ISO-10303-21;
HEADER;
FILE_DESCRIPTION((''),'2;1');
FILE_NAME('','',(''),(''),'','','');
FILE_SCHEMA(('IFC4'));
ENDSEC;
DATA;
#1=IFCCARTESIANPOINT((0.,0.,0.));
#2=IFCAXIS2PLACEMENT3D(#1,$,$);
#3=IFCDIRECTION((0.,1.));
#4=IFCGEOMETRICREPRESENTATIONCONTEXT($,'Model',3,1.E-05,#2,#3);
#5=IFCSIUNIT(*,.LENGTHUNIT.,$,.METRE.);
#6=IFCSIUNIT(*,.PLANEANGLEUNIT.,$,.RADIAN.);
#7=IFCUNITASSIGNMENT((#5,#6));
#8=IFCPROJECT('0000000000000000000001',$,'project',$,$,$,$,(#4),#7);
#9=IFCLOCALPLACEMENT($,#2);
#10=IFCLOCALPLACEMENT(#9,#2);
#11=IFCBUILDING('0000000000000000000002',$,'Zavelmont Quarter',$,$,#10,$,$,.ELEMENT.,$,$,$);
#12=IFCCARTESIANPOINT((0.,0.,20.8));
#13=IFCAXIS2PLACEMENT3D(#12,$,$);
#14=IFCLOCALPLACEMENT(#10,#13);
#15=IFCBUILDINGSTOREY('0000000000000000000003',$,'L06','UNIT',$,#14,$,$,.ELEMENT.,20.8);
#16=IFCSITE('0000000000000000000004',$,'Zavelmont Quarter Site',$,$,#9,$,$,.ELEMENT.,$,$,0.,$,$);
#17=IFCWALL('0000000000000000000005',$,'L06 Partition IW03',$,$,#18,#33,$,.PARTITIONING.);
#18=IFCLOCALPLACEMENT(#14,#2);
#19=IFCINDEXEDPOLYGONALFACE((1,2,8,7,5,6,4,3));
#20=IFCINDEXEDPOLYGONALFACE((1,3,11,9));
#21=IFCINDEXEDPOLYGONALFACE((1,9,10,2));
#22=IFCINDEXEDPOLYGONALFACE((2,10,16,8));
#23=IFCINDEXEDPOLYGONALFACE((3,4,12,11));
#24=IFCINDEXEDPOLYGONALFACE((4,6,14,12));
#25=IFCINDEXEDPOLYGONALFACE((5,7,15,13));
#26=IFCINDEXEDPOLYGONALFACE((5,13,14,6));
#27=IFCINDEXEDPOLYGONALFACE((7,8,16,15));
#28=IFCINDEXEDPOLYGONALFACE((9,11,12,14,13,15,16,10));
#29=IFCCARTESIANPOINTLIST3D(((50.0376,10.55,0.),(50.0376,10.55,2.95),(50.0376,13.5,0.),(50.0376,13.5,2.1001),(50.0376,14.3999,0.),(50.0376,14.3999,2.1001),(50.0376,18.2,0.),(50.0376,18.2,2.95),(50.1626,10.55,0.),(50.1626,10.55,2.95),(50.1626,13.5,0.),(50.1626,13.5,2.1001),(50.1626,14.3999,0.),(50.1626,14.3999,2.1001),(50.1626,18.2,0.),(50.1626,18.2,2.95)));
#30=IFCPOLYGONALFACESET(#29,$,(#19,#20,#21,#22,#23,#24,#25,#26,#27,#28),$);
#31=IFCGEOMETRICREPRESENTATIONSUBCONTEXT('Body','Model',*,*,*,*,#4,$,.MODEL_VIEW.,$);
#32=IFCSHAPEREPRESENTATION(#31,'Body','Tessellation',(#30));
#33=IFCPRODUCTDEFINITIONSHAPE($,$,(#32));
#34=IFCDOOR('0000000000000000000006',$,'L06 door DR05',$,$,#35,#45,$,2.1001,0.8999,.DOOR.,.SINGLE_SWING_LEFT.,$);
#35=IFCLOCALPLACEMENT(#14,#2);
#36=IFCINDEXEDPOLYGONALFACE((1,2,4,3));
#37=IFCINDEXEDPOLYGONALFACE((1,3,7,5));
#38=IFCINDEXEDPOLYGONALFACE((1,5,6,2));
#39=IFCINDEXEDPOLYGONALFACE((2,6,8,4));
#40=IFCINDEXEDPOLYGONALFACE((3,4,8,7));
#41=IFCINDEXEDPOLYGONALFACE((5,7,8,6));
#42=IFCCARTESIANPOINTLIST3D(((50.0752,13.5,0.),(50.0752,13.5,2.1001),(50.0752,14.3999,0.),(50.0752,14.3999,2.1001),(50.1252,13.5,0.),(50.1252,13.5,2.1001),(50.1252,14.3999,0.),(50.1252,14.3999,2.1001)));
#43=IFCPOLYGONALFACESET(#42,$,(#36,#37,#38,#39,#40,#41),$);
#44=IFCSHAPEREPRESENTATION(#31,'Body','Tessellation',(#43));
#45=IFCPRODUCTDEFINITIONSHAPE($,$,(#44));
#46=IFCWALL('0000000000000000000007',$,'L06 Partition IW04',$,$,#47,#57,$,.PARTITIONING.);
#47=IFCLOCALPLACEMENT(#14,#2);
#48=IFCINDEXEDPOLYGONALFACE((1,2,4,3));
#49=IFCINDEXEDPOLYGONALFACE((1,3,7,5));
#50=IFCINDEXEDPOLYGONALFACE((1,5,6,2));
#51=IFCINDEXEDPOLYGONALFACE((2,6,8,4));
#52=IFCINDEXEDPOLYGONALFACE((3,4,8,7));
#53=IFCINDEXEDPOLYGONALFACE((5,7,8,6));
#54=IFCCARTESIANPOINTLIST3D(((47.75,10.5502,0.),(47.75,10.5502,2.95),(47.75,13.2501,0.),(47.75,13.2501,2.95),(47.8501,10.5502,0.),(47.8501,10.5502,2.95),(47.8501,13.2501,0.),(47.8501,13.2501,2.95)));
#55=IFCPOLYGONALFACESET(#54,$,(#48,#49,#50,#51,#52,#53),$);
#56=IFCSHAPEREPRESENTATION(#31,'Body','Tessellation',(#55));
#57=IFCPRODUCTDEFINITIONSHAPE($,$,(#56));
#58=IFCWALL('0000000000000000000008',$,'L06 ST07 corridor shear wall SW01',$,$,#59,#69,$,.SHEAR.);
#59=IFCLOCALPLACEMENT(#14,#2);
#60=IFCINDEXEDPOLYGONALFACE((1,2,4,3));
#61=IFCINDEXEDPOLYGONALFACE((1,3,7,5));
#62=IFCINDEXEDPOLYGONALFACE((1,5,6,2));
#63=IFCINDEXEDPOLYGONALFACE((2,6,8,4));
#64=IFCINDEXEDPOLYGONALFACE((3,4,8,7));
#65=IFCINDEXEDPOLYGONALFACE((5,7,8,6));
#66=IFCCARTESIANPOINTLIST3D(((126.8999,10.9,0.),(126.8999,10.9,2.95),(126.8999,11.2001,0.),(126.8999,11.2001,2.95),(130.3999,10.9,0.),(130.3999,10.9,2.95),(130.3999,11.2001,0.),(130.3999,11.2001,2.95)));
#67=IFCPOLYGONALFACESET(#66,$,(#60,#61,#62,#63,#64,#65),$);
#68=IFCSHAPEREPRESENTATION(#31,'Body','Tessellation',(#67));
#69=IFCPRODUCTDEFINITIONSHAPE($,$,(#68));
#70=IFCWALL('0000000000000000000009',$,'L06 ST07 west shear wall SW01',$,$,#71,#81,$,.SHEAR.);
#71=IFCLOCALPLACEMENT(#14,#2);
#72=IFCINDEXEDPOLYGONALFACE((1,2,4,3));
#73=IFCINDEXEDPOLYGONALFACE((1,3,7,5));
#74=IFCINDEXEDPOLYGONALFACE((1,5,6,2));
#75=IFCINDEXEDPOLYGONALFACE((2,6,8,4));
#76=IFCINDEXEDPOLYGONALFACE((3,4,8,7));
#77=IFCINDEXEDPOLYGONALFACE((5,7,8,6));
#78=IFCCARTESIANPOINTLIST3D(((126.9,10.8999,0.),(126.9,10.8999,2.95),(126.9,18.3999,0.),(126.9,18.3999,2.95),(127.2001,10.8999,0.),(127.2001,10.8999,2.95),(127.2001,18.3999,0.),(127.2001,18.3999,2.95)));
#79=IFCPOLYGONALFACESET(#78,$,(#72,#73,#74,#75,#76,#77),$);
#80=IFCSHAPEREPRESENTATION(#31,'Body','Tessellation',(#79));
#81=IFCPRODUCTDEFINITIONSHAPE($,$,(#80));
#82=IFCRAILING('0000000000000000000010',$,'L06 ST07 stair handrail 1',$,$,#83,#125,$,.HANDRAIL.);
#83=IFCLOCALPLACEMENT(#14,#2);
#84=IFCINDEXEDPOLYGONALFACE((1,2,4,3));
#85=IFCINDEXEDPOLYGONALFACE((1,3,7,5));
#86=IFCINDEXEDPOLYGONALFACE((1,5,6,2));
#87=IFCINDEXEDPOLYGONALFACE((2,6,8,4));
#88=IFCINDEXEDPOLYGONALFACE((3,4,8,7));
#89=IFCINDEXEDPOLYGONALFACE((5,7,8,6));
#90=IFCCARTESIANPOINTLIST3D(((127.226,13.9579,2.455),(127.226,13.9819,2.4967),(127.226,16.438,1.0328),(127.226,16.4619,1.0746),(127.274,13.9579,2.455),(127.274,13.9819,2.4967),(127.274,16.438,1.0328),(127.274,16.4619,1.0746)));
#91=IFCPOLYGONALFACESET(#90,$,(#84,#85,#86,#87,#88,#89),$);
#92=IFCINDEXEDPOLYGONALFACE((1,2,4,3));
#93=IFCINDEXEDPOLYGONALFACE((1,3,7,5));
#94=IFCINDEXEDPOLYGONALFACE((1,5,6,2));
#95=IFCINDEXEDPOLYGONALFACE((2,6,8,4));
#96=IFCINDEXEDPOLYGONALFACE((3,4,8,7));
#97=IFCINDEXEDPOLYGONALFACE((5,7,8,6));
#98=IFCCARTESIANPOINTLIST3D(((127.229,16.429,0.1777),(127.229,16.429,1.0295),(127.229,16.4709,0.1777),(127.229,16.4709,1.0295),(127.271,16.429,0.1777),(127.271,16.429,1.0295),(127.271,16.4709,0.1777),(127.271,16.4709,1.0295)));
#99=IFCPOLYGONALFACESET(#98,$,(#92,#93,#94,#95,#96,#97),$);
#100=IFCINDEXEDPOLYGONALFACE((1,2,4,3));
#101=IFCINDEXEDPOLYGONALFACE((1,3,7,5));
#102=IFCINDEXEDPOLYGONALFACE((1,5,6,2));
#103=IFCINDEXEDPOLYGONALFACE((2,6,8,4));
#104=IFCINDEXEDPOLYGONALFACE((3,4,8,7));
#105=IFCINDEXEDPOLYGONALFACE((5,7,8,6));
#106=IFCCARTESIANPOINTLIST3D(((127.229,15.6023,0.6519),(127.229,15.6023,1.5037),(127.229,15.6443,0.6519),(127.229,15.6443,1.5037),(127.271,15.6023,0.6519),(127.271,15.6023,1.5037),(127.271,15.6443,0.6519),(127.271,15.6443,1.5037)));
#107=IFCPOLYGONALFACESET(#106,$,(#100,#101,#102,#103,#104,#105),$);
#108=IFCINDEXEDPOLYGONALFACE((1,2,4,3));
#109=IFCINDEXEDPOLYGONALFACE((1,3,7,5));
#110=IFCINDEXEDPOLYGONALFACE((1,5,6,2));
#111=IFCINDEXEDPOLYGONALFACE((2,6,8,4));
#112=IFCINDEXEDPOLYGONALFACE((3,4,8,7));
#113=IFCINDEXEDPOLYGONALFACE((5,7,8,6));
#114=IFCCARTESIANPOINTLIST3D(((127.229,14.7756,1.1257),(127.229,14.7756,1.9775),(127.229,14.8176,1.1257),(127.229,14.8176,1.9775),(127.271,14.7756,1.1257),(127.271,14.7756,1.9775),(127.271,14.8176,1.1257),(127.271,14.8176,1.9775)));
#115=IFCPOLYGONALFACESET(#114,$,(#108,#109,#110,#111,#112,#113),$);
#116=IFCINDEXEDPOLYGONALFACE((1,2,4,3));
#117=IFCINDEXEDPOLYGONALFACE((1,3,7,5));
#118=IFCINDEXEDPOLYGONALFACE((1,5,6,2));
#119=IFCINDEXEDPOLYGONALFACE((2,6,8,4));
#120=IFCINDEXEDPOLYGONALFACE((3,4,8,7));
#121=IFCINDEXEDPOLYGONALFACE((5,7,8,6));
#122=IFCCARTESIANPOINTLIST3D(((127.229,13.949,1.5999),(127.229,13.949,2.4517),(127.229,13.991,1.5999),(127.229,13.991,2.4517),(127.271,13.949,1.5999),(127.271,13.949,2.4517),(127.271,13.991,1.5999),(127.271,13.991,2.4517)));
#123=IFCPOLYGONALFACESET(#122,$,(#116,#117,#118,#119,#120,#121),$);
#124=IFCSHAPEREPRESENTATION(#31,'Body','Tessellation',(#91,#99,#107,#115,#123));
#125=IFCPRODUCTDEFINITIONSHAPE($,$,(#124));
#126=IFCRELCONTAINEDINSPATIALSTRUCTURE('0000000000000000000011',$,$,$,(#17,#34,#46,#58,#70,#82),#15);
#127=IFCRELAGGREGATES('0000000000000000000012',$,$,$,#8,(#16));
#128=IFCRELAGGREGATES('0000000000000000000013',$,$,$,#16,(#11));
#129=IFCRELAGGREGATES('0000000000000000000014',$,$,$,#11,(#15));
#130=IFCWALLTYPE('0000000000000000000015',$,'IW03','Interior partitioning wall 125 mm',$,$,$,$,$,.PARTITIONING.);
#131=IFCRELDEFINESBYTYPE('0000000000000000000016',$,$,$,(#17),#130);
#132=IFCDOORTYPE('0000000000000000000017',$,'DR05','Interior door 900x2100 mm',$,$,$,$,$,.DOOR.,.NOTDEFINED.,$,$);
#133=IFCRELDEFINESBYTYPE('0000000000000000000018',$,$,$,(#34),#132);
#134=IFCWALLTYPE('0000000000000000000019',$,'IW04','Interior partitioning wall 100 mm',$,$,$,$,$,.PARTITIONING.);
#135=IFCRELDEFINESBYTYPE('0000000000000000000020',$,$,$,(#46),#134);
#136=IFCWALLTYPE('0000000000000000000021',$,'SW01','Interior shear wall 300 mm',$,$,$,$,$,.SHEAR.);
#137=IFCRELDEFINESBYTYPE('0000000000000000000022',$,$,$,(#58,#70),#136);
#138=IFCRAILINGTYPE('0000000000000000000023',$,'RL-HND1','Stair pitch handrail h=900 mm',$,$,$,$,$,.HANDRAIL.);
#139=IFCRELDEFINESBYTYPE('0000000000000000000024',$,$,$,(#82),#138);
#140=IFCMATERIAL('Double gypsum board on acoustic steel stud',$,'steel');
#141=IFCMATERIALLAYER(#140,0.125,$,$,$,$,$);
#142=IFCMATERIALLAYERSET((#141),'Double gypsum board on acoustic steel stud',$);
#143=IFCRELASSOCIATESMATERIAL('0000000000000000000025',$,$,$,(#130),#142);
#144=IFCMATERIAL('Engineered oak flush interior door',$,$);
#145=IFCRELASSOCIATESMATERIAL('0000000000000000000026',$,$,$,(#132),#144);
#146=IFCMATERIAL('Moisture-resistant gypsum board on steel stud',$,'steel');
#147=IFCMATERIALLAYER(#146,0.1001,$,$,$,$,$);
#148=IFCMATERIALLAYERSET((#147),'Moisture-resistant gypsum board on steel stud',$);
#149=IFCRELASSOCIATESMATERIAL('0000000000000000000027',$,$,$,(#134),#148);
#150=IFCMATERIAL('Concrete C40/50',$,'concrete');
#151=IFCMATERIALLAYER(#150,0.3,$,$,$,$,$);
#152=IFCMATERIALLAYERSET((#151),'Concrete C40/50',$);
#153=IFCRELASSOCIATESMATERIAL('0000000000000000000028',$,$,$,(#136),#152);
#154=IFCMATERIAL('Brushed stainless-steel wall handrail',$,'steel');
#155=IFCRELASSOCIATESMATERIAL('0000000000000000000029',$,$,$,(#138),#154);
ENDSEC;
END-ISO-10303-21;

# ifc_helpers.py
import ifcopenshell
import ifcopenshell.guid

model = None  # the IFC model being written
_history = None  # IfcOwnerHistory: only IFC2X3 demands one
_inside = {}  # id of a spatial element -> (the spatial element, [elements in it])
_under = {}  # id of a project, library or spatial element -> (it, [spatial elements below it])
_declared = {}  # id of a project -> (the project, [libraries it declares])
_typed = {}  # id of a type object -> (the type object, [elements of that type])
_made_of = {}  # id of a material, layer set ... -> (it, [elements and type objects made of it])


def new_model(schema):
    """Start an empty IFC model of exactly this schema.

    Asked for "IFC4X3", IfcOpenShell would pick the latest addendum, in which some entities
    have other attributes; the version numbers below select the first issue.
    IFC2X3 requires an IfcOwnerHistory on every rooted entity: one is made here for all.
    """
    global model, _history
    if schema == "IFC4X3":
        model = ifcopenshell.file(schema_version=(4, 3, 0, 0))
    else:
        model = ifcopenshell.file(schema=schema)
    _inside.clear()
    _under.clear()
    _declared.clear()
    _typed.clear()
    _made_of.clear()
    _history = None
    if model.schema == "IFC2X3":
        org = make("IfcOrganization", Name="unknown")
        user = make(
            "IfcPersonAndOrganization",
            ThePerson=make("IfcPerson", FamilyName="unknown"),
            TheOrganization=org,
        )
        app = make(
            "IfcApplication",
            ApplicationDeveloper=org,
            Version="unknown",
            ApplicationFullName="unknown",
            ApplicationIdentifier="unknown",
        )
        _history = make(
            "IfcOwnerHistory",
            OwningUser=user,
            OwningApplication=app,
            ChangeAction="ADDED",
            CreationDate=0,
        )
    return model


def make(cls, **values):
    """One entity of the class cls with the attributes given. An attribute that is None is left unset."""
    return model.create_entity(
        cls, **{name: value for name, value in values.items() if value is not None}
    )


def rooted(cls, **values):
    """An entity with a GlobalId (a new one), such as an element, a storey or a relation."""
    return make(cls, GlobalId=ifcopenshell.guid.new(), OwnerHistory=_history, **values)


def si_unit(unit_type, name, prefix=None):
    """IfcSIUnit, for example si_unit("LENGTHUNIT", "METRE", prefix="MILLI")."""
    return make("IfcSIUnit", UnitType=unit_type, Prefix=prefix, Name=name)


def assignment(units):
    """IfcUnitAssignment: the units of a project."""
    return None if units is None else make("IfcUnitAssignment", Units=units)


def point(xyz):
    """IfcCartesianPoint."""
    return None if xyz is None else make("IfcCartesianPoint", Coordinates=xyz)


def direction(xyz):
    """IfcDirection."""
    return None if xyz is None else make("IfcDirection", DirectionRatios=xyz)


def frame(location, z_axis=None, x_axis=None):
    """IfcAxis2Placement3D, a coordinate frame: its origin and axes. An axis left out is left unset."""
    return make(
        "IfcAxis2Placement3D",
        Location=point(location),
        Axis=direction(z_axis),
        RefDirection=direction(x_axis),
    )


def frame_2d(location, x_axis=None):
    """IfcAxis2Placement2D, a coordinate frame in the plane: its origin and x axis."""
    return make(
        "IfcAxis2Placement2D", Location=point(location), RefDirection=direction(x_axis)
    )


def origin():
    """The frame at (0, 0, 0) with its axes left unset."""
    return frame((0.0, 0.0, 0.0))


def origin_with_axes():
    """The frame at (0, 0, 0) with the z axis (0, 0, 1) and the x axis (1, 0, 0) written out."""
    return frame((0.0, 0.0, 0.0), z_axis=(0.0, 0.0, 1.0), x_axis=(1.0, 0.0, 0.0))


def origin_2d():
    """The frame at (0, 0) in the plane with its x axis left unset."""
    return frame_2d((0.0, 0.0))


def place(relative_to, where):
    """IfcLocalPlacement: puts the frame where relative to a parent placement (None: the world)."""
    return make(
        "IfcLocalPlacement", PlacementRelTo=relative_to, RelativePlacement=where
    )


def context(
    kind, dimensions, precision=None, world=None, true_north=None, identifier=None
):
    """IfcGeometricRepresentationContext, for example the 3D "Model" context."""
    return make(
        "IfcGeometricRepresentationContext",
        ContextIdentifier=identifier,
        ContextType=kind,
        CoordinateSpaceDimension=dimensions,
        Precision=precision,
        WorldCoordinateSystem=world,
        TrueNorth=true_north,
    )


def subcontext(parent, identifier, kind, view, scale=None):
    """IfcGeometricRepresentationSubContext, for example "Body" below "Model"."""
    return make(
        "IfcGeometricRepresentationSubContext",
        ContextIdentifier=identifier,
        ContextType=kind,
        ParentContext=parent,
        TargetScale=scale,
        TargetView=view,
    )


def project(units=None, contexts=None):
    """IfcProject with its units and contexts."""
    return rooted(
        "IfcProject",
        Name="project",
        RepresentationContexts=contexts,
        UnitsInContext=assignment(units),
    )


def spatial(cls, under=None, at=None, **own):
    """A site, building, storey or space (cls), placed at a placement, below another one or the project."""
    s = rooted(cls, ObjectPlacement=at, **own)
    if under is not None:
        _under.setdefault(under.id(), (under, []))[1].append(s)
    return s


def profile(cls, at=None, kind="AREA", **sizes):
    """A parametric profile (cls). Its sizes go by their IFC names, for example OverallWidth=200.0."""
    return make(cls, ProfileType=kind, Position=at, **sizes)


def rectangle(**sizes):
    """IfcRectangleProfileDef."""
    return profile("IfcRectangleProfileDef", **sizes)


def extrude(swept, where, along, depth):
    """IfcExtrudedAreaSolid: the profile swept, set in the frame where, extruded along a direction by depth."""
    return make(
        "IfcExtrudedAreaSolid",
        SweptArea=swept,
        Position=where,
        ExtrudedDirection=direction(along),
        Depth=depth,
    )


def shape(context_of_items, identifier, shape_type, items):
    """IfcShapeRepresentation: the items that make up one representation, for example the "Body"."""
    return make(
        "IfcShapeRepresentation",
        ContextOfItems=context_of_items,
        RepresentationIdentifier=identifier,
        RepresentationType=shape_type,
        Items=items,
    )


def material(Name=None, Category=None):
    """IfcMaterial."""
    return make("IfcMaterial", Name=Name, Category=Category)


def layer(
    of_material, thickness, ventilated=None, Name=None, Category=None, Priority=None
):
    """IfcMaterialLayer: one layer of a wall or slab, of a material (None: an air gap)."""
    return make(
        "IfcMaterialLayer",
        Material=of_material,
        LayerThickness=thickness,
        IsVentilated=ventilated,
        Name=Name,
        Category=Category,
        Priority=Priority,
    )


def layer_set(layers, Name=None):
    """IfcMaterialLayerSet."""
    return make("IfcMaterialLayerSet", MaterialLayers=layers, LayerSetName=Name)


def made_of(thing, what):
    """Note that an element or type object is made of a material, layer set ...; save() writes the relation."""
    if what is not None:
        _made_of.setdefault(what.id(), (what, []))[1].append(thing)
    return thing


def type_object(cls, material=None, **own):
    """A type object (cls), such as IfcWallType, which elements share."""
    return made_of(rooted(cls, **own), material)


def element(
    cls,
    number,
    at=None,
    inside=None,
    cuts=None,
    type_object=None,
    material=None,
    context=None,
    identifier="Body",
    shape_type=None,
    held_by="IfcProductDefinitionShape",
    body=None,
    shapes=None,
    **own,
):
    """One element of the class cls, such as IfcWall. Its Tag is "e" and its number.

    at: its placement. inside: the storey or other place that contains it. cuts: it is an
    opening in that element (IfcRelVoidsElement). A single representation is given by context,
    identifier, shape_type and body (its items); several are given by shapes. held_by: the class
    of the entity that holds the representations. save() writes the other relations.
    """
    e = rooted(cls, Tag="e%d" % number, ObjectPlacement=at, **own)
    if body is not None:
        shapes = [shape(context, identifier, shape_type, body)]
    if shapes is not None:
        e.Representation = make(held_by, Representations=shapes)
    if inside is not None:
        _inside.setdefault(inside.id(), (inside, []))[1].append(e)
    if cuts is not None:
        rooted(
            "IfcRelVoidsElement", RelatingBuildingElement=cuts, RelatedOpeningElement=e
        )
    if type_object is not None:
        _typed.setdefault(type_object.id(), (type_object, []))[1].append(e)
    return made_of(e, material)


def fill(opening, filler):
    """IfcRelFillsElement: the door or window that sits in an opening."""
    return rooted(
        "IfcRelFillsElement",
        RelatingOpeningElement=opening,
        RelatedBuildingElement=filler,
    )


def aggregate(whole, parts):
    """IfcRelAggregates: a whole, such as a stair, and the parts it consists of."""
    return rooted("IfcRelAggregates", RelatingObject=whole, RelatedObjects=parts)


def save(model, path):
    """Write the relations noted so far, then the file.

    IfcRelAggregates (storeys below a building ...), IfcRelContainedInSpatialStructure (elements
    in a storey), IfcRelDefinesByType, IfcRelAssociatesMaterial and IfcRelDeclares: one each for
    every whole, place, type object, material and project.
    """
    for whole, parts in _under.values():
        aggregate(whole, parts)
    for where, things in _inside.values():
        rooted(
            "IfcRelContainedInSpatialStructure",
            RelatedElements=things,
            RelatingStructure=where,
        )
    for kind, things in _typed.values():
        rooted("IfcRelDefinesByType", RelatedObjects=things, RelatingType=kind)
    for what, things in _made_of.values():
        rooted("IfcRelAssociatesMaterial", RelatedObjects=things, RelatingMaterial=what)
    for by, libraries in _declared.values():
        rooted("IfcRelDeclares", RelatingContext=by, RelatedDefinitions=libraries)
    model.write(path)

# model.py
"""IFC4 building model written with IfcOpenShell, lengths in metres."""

from ifc_helpers import new_model, si_unit, direction, frame, frame_2d, origin, origin_with_axes, origin_2d, place, context, subcontext, project, spatial, rectangle, extrude, material, layer, layer_set, type_object, element, fill, save


model = new_model("IFC4")

# Units and contexts
model_context = context("Model", 3, precision=1e-05, world=origin(), true_north=direction((0.0, 1.0)))
body_context = subcontext(model_context, "Body", "Model", "MODEL_VIEW")
ifc_project = project(units=[si_unit("LENGTHUNIT", "METRE"), si_unit("PLANEANGLEUNIT", "RADIAN")], contexts=[model_context])

# Site, building, storey
site_placement = place(None, origin())
site = spatial("IfcSite", under=ifc_project, at=site_placement, Name="Zavelmont Quarter Site", CompositionType="ELEMENT", RefElevation=0.0)
building_placement = place(site_placement, origin())
building = spatial("IfcBuilding", under=site, at=building_placement, Name="Zavelmont Quarter", CompositionType="ELEMENT")
storey_placement = place(building_placement, frame((0.0, 0.0, 20.8)))
storey = spatial("IfcBuildingStorey", under=building, at=storey_placement, Name="L06", Description="UNIT", CompositionType="ELEMENT", Elevation=20.8)

# Shared definitions
ifc_material_1 = material(Name="Concrete C40/50", Category="concrete")

# Wall, opening, door
ifc_material_2 = material(Name="Double gypsum board on acoustic steel stud", Category="steel")
ifc_layer_1 = layer(ifc_material_2, 0.125)
ifc_layer_set_1 = layer_set([ifc_layer_1], Name="Double gypsum board on acoustic steel stud")
wall_type_1 = type_object("IfcWallType", Name="IW03", Description="Interior partitioning wall 125 mm", PredefinedType="PARTITIONING", material=ifc_layer_set_1)
wall_1_placement = place(storey_placement, frame((50.1001, 10.55, 0.0), z_axis=(0.0, 0.0, 1.0), x_axis=(0.0, 1.0, 0.0)))
wall_1 = element("IfcWall", 1, at=wall_1_placement, inside=storey, type_object=wall_type_1, Name="L06 Partition IW03", PredefinedType="PARTITIONING", context=body_context, shape_type="SweptSolid", body=[
    extrude(rectangle(XDim=7.6499, YDim=0.125, at=frame_2d((3.825, 0.0))), origin(), (0.0, 0.0, 1.0), 2.95),
])
opening_placement = place(wall_1_placement, frame((2.95, 0.0, 0.0)))
opening = element("IfcOpeningElement", 2, at=opening_placement, cuts=wall_1, PredefinedType="OPENING", context=body_context, shape_type="SweptSolid", body=[
    extrude(rectangle(XDim=0.8999, YDim=2.1001, at=frame_2d((0.45, 1.05))), frame((0.0, 0.0745, 0.0), z_axis=(0.0, -1.0, 0.0), x_axis=(1.0, 0.0, 0.0)), (0.0, 0.0, 1.0), 0.1489),
])
ifc_material_3 = material(Name="Engineered oak flush interior door")
door_type = type_object("IfcDoorType", Name="DR05", Description="Interior door 900x2100 mm", OperationType="NOTDEFINED", PredefinedType="DOOR", material=ifc_material_3)
door_placement = place(opening_placement, origin_with_axes())
door = element("IfcDoor", 3, at=door_placement, inside=storey, type_object=door_type, Name="L06 door DR05", OperationType="SINGLE_SWING_LEFT", OverallHeight=2.1001, OverallWidth=0.8999, PredefinedType="DOOR", context=body_context, shape_type="SweptSolid", body=[
    extrude(rectangle(XDim=0.8999, YDim=2.1001, at=frame_2d((0.45, 1.05))), frame((0.0, 0.0249, 0.0), z_axis=(0.0, -1.0, 0.0), x_axis=(1.0, 0.0, 0.0)), (0.0, 0.0, 1.0), 0.05),
])
fill(opening, door)

# Walls
ifc_material_4 = material(Name="Moisture-resistant gypsum board on steel stud", Category="steel")
ifc_layer_2 = layer(ifc_material_4, 0.1001)
ifc_layer_set_2 = layer_set([ifc_layer_2], Name="Moisture-resistant gypsum board on steel stud")
wall_type_2 = type_object("IfcWallType", Name="IW04", Description="Interior partitioning wall 100 mm", PredefinedType="PARTITIONING", material=ifc_layer_set_2)
wall_2_placement = place(storey_placement, frame((47.8, 10.55, 0.0), z_axis=(0.0, 0.0, 1.0), x_axis=(0.0, 1.0, 0.0)))
element("IfcWall", 4, at=wall_2_placement, inside=storey, type_object=wall_type_2, Name="L06 Partition IW04", PredefinedType="PARTITIONING", context=body_context, shape_type="SweptSolid", body=[
    extrude(rectangle(XDim=2.7, YDim=0.1001, at=frame_2d((1.3501, 0.0))), origin(), (0.0, 0.0, 1.0), 2.95),
])
ifc_layer_3 = layer(ifc_material_1, 0.3)
ifc_layer_set_3 = layer_set([ifc_layer_3], Name="Concrete C40/50")
wall_type_3 = type_object("IfcWallType", Name="SW01", Description="Interior shear wall 300 mm", PredefinedType="SHEAR", material=ifc_layer_set_3)
wall_3_placement = place(storey_placement, frame((126.8999, 11.05, 0.0), z_axis=(0.0, 0.0, 1.0), x_axis=(1.0, 0.0, 0.0)))
element("IfcWall", 5, at=wall_3_placement, inside=storey, type_object=wall_type_3, Name="L06 ST07 corridor shear wall SW01", PredefinedType="SHEAR", context=body_context, shape_type="SweptSolid", body=[
    extrude(rectangle(XDim=3.5, YDim=0.3, at=frame_2d((1.75, 0.0))), origin(), (0.0, 0.0, 1.0), 2.95),
])
wall_4_placement = place(storey_placement, frame((127.05, 10.8999, 0.0), z_axis=(0.0, 0.0, 1.0), x_axis=(0.0, 1.0, 0.0)))
element("IfcWall", 6, at=wall_4_placement, inside=storey, type_object=wall_type_3, Name="L06 ST07 west shear wall SW01", PredefinedType="SHEAR", context=body_context, shape_type="SweptSolid", body=[
    extrude(rectangle(XDim=7.5, YDim=0.3, at=frame_2d((3.75, 0.0))), origin(), (0.0, 0.0, 1.0), 2.95),
])

# Railing
ifc_material_5 = material(Name="Brushed stainless-steel wall handrail", Category="steel")
railing_type_1 = type_object("IfcRailingType", Name="RL-HND1", Description="Stair pitch handrail h=900 mm", PredefinedType="HANDRAIL", material=ifc_material_5)
railing_1_placement = place(storey_placement, frame((127.25, 16.45, 0.1777)))
element("IfcRailing", 7, at=railing_1_placement, inside=storey, type_object=railing_type_1, Name="L06 ST07 stair handrail 1", PredefinedType="HANDRAIL", context=body_context, shape_type="SweptSolid", body=[
    extrude(rectangle(XDim=0.0481, YDim=0.0481, at=origin_2d()), frame((0.0, 0.0, 0.876), z_axis=(0.0, -0.867491, 0.497454), x_axis=(1.0, 0.0, 0.0)), (0.0, 0.0, 1.0), 2.8589),
    extrude(rectangle(XDim=0.042, YDim=0.042, at=origin_2d()), origin(), (0.0, 0.0, 1.0), 0.8518),
    extrude(rectangle(XDim=0.042, YDim=0.042, at=origin_2d()), frame((0.0, -0.8267, 0.4741)), (0.0, 0.0, 1.0), 0.8518),
    extrude(rectangle(XDim=0.042, YDim=0.042, at=origin_2d()), frame((0.0, -1.6533, 0.948)), (0.0, 0.0, 1.0), 0.8518),
    extrude(rectangle(XDim=0.042, YDim=0.042, at=origin_2d()), frame((0.0, -2.48, 1.4221)), (0.0, 0.0, 1.0), 0.8518),
])

save(model, "model.ifc")
